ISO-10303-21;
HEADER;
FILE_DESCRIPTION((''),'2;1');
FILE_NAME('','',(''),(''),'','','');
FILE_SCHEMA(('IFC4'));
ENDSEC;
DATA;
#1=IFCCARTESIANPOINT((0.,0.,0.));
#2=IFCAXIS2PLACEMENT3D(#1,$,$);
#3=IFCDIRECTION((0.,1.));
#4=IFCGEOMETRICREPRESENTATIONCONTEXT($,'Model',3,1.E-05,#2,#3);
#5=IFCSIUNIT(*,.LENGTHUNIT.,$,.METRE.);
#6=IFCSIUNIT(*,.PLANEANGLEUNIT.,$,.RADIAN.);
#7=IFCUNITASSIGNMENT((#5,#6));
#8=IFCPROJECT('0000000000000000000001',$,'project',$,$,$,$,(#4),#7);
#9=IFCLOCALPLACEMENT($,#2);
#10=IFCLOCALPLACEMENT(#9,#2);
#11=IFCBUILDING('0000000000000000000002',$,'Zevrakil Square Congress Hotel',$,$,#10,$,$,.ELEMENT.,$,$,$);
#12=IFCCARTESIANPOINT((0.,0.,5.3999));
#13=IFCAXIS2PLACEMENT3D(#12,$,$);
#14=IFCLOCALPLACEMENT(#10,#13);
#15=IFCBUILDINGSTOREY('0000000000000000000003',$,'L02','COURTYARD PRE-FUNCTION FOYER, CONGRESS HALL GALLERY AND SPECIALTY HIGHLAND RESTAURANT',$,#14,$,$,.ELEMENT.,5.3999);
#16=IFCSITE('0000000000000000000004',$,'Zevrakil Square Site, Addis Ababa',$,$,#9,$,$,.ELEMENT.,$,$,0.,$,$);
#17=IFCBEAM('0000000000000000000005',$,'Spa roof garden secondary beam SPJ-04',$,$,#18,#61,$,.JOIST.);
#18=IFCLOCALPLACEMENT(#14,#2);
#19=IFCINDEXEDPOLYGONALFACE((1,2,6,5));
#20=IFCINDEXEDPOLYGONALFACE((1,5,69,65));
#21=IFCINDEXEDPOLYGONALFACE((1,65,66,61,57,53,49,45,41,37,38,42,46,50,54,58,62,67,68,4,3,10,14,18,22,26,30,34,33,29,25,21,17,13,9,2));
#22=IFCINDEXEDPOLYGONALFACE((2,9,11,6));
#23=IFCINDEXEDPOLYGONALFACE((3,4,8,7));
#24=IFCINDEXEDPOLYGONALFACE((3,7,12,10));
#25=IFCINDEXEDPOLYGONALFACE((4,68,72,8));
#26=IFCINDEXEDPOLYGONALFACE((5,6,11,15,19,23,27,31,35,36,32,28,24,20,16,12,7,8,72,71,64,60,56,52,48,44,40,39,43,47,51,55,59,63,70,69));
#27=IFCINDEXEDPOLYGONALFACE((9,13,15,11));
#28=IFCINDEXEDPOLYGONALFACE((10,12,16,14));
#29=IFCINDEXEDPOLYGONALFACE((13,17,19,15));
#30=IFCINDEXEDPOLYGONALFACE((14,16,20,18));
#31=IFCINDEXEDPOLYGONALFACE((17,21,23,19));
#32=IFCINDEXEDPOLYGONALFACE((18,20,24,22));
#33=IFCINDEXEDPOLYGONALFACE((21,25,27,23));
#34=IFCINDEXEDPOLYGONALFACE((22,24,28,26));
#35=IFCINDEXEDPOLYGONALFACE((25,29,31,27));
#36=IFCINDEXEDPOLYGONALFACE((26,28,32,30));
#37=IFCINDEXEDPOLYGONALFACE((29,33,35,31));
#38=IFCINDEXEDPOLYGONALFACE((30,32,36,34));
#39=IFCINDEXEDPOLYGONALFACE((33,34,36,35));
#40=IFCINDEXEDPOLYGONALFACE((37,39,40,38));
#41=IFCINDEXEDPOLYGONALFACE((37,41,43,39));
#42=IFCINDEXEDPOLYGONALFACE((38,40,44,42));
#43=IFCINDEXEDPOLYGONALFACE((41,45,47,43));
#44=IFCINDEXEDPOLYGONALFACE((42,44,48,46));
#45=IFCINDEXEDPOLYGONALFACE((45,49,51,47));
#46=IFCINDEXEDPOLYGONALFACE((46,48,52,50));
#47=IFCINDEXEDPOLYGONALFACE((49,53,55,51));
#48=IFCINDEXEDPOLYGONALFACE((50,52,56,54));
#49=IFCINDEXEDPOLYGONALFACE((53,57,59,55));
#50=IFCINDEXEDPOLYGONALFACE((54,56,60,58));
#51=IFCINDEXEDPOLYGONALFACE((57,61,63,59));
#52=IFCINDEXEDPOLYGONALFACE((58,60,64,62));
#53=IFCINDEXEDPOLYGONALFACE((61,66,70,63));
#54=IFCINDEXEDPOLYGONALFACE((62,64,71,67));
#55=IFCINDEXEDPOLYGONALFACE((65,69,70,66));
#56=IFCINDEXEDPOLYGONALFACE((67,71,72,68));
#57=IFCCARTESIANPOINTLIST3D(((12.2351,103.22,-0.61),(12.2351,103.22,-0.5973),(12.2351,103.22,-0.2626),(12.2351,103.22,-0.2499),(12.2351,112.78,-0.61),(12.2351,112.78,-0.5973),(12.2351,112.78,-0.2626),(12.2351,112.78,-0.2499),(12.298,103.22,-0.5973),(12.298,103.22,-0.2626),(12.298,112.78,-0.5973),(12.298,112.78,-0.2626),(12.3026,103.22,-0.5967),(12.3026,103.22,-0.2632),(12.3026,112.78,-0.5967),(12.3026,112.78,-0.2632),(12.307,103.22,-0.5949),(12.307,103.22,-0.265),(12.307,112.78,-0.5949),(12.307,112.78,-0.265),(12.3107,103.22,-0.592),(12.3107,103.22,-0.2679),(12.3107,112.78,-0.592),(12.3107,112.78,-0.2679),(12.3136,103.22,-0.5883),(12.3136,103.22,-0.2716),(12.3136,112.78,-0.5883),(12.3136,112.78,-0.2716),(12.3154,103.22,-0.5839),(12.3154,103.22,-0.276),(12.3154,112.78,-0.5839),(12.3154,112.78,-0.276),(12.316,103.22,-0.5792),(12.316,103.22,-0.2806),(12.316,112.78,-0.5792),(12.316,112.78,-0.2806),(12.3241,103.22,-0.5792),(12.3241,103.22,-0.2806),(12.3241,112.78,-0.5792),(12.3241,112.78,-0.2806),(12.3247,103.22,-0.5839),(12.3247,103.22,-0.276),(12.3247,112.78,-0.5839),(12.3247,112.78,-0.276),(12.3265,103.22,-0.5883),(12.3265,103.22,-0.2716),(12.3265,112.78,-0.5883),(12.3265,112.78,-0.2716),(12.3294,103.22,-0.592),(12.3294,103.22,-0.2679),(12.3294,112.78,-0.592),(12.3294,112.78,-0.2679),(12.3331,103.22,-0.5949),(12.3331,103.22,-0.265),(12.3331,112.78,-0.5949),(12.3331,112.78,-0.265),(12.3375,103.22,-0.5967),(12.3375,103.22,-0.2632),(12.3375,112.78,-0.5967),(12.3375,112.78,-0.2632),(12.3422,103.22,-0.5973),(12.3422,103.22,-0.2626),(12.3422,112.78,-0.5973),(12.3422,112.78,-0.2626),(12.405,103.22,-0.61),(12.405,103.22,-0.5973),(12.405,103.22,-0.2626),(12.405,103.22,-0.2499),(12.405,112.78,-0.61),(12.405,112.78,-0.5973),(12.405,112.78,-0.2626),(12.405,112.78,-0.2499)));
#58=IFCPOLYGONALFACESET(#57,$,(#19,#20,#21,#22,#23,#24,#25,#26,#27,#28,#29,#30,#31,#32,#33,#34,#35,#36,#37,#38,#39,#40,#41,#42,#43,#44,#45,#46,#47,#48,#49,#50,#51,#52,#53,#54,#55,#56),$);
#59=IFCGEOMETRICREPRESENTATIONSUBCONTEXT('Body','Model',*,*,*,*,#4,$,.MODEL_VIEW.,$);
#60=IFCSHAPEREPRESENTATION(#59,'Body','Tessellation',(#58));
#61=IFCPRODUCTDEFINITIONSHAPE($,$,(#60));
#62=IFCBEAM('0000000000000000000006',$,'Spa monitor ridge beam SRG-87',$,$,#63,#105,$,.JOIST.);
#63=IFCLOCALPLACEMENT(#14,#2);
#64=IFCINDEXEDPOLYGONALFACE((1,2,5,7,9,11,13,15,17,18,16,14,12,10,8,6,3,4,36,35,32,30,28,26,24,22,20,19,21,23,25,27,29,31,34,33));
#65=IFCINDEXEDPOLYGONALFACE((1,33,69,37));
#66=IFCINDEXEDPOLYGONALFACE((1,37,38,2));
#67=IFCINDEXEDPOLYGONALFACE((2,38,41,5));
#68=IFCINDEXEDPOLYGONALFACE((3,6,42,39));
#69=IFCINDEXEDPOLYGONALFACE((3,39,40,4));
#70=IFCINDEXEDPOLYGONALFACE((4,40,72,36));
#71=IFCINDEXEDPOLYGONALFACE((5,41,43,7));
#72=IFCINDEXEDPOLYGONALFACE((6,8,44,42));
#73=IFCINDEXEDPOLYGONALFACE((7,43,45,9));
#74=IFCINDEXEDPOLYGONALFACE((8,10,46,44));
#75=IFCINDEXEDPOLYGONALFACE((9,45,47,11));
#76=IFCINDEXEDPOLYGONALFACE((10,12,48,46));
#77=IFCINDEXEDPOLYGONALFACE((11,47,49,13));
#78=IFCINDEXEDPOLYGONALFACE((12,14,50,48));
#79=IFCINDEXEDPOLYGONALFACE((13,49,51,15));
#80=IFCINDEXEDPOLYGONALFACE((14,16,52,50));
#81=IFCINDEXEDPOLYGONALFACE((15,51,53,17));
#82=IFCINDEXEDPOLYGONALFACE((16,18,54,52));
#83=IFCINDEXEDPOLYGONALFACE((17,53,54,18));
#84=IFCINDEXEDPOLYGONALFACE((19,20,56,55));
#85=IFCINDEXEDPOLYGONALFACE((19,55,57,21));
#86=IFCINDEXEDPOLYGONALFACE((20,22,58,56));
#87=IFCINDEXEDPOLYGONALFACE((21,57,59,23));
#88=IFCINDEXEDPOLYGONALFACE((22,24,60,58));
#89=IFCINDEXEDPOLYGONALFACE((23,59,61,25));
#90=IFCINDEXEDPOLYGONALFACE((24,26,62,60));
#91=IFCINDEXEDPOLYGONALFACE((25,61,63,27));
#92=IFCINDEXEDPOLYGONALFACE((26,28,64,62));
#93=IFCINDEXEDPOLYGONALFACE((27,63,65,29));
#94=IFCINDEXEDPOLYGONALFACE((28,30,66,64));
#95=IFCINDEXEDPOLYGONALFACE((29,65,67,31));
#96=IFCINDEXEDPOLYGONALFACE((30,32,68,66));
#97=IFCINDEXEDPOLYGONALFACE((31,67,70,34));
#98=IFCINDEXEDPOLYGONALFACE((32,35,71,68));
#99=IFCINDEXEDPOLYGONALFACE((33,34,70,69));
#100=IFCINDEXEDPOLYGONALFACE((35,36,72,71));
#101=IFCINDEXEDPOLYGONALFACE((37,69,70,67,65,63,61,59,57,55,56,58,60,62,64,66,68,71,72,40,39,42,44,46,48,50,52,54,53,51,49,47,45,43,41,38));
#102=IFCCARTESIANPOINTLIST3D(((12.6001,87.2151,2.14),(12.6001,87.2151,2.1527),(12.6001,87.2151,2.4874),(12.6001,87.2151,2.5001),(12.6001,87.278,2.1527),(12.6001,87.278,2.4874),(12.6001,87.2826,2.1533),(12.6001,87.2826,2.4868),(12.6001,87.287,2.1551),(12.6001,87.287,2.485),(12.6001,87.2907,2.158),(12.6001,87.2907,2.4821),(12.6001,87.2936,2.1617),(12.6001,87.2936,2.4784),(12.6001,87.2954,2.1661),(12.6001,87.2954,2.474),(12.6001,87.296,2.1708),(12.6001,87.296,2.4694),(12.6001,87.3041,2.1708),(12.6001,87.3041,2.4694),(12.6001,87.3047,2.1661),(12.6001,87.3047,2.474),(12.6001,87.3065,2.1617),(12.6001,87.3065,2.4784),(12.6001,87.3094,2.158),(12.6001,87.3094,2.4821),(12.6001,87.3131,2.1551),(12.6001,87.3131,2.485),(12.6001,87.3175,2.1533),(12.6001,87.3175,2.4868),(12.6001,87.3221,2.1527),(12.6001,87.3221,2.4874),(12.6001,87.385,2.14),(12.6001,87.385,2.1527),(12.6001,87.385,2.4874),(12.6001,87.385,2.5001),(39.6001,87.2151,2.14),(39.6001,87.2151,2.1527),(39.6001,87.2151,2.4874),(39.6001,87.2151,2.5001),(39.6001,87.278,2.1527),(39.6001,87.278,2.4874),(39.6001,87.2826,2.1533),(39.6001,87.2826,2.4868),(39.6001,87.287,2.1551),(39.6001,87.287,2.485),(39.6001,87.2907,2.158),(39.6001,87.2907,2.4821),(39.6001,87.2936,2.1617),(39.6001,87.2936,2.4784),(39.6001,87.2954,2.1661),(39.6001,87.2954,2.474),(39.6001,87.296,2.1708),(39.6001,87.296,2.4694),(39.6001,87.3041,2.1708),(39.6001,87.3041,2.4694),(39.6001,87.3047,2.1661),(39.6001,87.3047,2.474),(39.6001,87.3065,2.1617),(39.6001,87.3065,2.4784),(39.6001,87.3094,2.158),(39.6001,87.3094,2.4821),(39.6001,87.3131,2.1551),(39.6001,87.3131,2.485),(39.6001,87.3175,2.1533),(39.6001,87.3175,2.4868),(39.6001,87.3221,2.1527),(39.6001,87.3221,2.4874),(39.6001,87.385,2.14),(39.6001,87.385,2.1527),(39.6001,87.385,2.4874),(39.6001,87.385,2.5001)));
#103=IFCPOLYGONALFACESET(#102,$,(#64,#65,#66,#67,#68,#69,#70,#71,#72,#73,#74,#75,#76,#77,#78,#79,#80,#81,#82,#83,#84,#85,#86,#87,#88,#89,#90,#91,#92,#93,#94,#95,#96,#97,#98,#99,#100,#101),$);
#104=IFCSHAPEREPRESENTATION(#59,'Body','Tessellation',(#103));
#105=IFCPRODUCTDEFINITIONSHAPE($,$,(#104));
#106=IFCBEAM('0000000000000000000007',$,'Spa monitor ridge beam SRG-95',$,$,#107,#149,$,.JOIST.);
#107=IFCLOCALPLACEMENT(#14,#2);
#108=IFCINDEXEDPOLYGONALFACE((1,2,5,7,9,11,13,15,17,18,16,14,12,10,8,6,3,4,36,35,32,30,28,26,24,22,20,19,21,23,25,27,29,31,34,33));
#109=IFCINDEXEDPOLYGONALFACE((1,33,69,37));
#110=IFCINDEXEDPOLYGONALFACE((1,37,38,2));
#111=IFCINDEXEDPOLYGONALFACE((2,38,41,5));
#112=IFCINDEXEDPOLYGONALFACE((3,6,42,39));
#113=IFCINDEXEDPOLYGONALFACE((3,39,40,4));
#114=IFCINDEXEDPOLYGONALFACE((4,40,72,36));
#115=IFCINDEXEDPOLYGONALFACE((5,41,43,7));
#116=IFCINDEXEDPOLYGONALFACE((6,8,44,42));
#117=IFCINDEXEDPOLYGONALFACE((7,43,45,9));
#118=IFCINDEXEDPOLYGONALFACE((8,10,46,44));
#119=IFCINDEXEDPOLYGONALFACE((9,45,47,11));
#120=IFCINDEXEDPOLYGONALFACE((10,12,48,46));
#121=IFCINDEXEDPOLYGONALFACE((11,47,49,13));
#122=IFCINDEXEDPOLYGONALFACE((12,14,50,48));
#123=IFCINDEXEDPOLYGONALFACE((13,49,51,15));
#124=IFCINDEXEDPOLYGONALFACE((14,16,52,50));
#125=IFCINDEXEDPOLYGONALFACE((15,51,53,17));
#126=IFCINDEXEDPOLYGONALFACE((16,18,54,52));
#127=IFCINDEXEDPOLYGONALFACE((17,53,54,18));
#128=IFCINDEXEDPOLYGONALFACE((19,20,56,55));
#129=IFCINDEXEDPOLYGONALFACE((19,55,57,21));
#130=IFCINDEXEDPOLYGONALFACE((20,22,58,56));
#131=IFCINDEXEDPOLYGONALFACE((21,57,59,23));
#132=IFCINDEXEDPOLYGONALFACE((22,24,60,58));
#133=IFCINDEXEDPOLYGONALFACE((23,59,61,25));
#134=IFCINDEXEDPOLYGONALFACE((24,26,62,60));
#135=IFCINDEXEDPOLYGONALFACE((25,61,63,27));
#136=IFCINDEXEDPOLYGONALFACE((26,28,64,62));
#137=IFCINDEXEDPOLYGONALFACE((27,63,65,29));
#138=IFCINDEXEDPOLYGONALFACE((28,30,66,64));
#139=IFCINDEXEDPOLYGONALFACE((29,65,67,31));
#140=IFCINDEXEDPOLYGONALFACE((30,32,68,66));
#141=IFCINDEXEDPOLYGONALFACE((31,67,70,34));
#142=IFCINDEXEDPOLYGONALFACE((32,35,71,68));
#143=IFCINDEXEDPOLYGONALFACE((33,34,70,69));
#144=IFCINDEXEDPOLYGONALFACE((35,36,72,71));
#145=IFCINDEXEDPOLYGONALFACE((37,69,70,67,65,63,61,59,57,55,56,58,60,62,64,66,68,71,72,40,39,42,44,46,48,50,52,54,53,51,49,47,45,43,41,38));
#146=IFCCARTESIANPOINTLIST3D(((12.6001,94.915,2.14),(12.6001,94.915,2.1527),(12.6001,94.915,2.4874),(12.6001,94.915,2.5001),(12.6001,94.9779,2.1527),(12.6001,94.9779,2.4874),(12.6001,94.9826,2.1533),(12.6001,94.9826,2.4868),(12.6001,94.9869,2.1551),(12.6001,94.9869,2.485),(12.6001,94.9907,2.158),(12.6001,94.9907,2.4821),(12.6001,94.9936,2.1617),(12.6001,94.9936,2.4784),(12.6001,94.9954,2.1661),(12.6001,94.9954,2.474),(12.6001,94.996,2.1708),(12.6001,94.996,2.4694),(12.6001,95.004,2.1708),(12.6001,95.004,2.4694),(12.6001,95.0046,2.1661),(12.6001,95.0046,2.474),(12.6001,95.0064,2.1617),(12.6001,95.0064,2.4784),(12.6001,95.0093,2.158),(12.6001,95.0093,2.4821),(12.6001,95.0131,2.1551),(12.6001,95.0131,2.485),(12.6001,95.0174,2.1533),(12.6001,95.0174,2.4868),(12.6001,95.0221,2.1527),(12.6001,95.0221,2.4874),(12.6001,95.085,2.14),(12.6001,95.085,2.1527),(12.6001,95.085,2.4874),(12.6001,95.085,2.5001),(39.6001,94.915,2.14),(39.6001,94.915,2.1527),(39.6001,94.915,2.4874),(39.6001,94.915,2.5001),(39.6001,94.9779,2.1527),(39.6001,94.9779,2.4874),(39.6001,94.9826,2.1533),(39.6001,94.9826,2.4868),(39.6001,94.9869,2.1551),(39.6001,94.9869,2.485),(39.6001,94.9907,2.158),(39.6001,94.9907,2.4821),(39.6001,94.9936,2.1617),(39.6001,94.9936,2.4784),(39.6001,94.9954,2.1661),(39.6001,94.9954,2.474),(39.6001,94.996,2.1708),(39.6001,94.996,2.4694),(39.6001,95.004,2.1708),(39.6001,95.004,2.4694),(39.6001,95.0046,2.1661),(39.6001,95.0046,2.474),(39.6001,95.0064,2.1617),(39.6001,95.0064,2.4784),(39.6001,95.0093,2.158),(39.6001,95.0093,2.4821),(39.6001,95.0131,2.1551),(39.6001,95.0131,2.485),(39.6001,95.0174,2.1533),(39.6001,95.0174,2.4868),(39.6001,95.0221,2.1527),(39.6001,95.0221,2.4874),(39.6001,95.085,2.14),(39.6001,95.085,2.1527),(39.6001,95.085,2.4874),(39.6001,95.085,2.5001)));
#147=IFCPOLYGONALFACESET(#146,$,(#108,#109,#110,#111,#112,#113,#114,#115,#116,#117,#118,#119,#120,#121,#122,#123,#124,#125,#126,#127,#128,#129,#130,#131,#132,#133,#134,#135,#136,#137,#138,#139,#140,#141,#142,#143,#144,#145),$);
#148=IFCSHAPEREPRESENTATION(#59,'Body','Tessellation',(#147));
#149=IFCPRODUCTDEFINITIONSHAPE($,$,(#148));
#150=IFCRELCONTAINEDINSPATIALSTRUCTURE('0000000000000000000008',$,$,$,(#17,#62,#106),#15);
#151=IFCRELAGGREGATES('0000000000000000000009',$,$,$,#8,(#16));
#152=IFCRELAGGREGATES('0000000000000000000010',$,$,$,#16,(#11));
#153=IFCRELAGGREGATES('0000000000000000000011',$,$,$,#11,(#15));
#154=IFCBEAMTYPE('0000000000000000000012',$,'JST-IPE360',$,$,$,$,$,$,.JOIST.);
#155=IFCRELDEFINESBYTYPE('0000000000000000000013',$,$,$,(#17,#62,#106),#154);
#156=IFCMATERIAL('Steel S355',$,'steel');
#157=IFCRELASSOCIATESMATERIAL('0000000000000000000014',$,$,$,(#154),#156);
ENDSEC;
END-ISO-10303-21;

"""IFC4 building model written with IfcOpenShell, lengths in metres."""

from ifc_helpers import new_model, si_unit, direction, frame, origin, origin_2d, place, context, subcontext, project, spatial, i_section, extrude, material, material_profile, profile_set, type_object, element, save


model = new_model("IFC4")

# Units and contexts
model_context = context("Model", 3, precision=1e-05, world=origin(), true_north=direction((0.0, 1.0)))
body_context = subcontext(model_context, "Body", "Model", "MODEL_VIEW")
ifc_project = project(units=[si_unit("LENGTHUNIT", "METRE"), si_unit("PLANEANGLEUNIT", "RADIAN")], contexts=[model_context])

# Site, building, storey
site_placement = place(None, origin())
site = spatial("IfcSite", under=ifc_project, at=site_placement, Name="Zevrakil Square Site, Addis Ababa", CompositionType="ELEMENT", RefElevation=0.0)
building_placement = place(site_placement, origin())
building = spatial("IfcBuilding", under=site, at=building_placement, Name="Zevrakil Square Congress Hotel", CompositionType="ELEMENT")
storey_placement = place(building_placement, frame((0.0, 0.0, 5.3999)))
storey = spatial("IfcBuildingStorey", under=building, at=storey_placement, Name="L02", Description="COURTYARD PRE-FUNCTION FOYER, CONGRESS HALL GALLERY AND SPECIALTY HIGHLAND RESTAURANT", CompositionType="ELEMENT", Elevation=5.3999)

# Beams
ifc_material_1 = material(Name="Steel S355", Category="steel")
ifc_material_profile_1 = material_profile(ifc_material_1, i_section(OverallWidth=0.1699, OverallDepth=0.3601, WebThickness=0.0081, FlangeThickness=0.0127, FilletRadius=0.0181, at=origin_2d()), Name="IPE 360")
ifc_profile_set_1 = profile_set([ifc_material_profile_1], Name="Steel S355")
beam_type_1 = type_object("IfcBeamType", Name="JST-IPE360", PredefinedType="JOIST", material=ifc_profile_set_1)
beam_1_placement = place(storey_placement, frame((12.3201, 103.22, -0.4299), z_axis=(0.0, 1.0, 0.0), x_axis=(-1.0, 0.0, 0.0)))
element("IfcBeam", 1, at=beam_1_placement, inside=storey, type_object=beam_type_1, Name="Spa roof garden secondary beam SPJ-04", PredefinedType="JOIST", context=body_context, shape_type="SweptSolid", body=[
    extrude(i_section(OverallWidth=0.1699, OverallDepth=0.3601, WebThickness=0.0081, FlangeThickness=0.0127, FilletRadius=0.0181, at=origin_2d()), origin(), (0.0, 0.0, 1.0), 9.5601),
])
for number, where, z_axis, x_axis, name in (
    (2, (12.6001, 87.3, 2.3201), (1.0, 0.0, 0.0), (0.0, 1.0, 0.0), "Spa monitor ridge beam SRG-87"),
    (3, (12.6001, 95.0, 2.3201), (1.0, 0.0, 0.0), (0.0, 1.0, 0.0), "Spa monitor ridge beam SRG-95"),
):
    element("IfcBeam", number, at=place(storey_placement, frame(where, z_axis=z_axis, x_axis=x_axis)), inside=storey, type_object=beam_type_1, Name=name, PredefinedType="JOIST", context=body_context, shape_type="SweptSolid", body=[
        extrude(i_section(OverallWidth=0.1699, OverallDepth=0.3601, WebThickness=0.0081, FlangeThickness=0.0127, FilletRadius=0.0181, at=origin_2d()), origin(), (0.0, 0.0, 1.0), 27.0),
    ])

save(model, "model.ifc")
